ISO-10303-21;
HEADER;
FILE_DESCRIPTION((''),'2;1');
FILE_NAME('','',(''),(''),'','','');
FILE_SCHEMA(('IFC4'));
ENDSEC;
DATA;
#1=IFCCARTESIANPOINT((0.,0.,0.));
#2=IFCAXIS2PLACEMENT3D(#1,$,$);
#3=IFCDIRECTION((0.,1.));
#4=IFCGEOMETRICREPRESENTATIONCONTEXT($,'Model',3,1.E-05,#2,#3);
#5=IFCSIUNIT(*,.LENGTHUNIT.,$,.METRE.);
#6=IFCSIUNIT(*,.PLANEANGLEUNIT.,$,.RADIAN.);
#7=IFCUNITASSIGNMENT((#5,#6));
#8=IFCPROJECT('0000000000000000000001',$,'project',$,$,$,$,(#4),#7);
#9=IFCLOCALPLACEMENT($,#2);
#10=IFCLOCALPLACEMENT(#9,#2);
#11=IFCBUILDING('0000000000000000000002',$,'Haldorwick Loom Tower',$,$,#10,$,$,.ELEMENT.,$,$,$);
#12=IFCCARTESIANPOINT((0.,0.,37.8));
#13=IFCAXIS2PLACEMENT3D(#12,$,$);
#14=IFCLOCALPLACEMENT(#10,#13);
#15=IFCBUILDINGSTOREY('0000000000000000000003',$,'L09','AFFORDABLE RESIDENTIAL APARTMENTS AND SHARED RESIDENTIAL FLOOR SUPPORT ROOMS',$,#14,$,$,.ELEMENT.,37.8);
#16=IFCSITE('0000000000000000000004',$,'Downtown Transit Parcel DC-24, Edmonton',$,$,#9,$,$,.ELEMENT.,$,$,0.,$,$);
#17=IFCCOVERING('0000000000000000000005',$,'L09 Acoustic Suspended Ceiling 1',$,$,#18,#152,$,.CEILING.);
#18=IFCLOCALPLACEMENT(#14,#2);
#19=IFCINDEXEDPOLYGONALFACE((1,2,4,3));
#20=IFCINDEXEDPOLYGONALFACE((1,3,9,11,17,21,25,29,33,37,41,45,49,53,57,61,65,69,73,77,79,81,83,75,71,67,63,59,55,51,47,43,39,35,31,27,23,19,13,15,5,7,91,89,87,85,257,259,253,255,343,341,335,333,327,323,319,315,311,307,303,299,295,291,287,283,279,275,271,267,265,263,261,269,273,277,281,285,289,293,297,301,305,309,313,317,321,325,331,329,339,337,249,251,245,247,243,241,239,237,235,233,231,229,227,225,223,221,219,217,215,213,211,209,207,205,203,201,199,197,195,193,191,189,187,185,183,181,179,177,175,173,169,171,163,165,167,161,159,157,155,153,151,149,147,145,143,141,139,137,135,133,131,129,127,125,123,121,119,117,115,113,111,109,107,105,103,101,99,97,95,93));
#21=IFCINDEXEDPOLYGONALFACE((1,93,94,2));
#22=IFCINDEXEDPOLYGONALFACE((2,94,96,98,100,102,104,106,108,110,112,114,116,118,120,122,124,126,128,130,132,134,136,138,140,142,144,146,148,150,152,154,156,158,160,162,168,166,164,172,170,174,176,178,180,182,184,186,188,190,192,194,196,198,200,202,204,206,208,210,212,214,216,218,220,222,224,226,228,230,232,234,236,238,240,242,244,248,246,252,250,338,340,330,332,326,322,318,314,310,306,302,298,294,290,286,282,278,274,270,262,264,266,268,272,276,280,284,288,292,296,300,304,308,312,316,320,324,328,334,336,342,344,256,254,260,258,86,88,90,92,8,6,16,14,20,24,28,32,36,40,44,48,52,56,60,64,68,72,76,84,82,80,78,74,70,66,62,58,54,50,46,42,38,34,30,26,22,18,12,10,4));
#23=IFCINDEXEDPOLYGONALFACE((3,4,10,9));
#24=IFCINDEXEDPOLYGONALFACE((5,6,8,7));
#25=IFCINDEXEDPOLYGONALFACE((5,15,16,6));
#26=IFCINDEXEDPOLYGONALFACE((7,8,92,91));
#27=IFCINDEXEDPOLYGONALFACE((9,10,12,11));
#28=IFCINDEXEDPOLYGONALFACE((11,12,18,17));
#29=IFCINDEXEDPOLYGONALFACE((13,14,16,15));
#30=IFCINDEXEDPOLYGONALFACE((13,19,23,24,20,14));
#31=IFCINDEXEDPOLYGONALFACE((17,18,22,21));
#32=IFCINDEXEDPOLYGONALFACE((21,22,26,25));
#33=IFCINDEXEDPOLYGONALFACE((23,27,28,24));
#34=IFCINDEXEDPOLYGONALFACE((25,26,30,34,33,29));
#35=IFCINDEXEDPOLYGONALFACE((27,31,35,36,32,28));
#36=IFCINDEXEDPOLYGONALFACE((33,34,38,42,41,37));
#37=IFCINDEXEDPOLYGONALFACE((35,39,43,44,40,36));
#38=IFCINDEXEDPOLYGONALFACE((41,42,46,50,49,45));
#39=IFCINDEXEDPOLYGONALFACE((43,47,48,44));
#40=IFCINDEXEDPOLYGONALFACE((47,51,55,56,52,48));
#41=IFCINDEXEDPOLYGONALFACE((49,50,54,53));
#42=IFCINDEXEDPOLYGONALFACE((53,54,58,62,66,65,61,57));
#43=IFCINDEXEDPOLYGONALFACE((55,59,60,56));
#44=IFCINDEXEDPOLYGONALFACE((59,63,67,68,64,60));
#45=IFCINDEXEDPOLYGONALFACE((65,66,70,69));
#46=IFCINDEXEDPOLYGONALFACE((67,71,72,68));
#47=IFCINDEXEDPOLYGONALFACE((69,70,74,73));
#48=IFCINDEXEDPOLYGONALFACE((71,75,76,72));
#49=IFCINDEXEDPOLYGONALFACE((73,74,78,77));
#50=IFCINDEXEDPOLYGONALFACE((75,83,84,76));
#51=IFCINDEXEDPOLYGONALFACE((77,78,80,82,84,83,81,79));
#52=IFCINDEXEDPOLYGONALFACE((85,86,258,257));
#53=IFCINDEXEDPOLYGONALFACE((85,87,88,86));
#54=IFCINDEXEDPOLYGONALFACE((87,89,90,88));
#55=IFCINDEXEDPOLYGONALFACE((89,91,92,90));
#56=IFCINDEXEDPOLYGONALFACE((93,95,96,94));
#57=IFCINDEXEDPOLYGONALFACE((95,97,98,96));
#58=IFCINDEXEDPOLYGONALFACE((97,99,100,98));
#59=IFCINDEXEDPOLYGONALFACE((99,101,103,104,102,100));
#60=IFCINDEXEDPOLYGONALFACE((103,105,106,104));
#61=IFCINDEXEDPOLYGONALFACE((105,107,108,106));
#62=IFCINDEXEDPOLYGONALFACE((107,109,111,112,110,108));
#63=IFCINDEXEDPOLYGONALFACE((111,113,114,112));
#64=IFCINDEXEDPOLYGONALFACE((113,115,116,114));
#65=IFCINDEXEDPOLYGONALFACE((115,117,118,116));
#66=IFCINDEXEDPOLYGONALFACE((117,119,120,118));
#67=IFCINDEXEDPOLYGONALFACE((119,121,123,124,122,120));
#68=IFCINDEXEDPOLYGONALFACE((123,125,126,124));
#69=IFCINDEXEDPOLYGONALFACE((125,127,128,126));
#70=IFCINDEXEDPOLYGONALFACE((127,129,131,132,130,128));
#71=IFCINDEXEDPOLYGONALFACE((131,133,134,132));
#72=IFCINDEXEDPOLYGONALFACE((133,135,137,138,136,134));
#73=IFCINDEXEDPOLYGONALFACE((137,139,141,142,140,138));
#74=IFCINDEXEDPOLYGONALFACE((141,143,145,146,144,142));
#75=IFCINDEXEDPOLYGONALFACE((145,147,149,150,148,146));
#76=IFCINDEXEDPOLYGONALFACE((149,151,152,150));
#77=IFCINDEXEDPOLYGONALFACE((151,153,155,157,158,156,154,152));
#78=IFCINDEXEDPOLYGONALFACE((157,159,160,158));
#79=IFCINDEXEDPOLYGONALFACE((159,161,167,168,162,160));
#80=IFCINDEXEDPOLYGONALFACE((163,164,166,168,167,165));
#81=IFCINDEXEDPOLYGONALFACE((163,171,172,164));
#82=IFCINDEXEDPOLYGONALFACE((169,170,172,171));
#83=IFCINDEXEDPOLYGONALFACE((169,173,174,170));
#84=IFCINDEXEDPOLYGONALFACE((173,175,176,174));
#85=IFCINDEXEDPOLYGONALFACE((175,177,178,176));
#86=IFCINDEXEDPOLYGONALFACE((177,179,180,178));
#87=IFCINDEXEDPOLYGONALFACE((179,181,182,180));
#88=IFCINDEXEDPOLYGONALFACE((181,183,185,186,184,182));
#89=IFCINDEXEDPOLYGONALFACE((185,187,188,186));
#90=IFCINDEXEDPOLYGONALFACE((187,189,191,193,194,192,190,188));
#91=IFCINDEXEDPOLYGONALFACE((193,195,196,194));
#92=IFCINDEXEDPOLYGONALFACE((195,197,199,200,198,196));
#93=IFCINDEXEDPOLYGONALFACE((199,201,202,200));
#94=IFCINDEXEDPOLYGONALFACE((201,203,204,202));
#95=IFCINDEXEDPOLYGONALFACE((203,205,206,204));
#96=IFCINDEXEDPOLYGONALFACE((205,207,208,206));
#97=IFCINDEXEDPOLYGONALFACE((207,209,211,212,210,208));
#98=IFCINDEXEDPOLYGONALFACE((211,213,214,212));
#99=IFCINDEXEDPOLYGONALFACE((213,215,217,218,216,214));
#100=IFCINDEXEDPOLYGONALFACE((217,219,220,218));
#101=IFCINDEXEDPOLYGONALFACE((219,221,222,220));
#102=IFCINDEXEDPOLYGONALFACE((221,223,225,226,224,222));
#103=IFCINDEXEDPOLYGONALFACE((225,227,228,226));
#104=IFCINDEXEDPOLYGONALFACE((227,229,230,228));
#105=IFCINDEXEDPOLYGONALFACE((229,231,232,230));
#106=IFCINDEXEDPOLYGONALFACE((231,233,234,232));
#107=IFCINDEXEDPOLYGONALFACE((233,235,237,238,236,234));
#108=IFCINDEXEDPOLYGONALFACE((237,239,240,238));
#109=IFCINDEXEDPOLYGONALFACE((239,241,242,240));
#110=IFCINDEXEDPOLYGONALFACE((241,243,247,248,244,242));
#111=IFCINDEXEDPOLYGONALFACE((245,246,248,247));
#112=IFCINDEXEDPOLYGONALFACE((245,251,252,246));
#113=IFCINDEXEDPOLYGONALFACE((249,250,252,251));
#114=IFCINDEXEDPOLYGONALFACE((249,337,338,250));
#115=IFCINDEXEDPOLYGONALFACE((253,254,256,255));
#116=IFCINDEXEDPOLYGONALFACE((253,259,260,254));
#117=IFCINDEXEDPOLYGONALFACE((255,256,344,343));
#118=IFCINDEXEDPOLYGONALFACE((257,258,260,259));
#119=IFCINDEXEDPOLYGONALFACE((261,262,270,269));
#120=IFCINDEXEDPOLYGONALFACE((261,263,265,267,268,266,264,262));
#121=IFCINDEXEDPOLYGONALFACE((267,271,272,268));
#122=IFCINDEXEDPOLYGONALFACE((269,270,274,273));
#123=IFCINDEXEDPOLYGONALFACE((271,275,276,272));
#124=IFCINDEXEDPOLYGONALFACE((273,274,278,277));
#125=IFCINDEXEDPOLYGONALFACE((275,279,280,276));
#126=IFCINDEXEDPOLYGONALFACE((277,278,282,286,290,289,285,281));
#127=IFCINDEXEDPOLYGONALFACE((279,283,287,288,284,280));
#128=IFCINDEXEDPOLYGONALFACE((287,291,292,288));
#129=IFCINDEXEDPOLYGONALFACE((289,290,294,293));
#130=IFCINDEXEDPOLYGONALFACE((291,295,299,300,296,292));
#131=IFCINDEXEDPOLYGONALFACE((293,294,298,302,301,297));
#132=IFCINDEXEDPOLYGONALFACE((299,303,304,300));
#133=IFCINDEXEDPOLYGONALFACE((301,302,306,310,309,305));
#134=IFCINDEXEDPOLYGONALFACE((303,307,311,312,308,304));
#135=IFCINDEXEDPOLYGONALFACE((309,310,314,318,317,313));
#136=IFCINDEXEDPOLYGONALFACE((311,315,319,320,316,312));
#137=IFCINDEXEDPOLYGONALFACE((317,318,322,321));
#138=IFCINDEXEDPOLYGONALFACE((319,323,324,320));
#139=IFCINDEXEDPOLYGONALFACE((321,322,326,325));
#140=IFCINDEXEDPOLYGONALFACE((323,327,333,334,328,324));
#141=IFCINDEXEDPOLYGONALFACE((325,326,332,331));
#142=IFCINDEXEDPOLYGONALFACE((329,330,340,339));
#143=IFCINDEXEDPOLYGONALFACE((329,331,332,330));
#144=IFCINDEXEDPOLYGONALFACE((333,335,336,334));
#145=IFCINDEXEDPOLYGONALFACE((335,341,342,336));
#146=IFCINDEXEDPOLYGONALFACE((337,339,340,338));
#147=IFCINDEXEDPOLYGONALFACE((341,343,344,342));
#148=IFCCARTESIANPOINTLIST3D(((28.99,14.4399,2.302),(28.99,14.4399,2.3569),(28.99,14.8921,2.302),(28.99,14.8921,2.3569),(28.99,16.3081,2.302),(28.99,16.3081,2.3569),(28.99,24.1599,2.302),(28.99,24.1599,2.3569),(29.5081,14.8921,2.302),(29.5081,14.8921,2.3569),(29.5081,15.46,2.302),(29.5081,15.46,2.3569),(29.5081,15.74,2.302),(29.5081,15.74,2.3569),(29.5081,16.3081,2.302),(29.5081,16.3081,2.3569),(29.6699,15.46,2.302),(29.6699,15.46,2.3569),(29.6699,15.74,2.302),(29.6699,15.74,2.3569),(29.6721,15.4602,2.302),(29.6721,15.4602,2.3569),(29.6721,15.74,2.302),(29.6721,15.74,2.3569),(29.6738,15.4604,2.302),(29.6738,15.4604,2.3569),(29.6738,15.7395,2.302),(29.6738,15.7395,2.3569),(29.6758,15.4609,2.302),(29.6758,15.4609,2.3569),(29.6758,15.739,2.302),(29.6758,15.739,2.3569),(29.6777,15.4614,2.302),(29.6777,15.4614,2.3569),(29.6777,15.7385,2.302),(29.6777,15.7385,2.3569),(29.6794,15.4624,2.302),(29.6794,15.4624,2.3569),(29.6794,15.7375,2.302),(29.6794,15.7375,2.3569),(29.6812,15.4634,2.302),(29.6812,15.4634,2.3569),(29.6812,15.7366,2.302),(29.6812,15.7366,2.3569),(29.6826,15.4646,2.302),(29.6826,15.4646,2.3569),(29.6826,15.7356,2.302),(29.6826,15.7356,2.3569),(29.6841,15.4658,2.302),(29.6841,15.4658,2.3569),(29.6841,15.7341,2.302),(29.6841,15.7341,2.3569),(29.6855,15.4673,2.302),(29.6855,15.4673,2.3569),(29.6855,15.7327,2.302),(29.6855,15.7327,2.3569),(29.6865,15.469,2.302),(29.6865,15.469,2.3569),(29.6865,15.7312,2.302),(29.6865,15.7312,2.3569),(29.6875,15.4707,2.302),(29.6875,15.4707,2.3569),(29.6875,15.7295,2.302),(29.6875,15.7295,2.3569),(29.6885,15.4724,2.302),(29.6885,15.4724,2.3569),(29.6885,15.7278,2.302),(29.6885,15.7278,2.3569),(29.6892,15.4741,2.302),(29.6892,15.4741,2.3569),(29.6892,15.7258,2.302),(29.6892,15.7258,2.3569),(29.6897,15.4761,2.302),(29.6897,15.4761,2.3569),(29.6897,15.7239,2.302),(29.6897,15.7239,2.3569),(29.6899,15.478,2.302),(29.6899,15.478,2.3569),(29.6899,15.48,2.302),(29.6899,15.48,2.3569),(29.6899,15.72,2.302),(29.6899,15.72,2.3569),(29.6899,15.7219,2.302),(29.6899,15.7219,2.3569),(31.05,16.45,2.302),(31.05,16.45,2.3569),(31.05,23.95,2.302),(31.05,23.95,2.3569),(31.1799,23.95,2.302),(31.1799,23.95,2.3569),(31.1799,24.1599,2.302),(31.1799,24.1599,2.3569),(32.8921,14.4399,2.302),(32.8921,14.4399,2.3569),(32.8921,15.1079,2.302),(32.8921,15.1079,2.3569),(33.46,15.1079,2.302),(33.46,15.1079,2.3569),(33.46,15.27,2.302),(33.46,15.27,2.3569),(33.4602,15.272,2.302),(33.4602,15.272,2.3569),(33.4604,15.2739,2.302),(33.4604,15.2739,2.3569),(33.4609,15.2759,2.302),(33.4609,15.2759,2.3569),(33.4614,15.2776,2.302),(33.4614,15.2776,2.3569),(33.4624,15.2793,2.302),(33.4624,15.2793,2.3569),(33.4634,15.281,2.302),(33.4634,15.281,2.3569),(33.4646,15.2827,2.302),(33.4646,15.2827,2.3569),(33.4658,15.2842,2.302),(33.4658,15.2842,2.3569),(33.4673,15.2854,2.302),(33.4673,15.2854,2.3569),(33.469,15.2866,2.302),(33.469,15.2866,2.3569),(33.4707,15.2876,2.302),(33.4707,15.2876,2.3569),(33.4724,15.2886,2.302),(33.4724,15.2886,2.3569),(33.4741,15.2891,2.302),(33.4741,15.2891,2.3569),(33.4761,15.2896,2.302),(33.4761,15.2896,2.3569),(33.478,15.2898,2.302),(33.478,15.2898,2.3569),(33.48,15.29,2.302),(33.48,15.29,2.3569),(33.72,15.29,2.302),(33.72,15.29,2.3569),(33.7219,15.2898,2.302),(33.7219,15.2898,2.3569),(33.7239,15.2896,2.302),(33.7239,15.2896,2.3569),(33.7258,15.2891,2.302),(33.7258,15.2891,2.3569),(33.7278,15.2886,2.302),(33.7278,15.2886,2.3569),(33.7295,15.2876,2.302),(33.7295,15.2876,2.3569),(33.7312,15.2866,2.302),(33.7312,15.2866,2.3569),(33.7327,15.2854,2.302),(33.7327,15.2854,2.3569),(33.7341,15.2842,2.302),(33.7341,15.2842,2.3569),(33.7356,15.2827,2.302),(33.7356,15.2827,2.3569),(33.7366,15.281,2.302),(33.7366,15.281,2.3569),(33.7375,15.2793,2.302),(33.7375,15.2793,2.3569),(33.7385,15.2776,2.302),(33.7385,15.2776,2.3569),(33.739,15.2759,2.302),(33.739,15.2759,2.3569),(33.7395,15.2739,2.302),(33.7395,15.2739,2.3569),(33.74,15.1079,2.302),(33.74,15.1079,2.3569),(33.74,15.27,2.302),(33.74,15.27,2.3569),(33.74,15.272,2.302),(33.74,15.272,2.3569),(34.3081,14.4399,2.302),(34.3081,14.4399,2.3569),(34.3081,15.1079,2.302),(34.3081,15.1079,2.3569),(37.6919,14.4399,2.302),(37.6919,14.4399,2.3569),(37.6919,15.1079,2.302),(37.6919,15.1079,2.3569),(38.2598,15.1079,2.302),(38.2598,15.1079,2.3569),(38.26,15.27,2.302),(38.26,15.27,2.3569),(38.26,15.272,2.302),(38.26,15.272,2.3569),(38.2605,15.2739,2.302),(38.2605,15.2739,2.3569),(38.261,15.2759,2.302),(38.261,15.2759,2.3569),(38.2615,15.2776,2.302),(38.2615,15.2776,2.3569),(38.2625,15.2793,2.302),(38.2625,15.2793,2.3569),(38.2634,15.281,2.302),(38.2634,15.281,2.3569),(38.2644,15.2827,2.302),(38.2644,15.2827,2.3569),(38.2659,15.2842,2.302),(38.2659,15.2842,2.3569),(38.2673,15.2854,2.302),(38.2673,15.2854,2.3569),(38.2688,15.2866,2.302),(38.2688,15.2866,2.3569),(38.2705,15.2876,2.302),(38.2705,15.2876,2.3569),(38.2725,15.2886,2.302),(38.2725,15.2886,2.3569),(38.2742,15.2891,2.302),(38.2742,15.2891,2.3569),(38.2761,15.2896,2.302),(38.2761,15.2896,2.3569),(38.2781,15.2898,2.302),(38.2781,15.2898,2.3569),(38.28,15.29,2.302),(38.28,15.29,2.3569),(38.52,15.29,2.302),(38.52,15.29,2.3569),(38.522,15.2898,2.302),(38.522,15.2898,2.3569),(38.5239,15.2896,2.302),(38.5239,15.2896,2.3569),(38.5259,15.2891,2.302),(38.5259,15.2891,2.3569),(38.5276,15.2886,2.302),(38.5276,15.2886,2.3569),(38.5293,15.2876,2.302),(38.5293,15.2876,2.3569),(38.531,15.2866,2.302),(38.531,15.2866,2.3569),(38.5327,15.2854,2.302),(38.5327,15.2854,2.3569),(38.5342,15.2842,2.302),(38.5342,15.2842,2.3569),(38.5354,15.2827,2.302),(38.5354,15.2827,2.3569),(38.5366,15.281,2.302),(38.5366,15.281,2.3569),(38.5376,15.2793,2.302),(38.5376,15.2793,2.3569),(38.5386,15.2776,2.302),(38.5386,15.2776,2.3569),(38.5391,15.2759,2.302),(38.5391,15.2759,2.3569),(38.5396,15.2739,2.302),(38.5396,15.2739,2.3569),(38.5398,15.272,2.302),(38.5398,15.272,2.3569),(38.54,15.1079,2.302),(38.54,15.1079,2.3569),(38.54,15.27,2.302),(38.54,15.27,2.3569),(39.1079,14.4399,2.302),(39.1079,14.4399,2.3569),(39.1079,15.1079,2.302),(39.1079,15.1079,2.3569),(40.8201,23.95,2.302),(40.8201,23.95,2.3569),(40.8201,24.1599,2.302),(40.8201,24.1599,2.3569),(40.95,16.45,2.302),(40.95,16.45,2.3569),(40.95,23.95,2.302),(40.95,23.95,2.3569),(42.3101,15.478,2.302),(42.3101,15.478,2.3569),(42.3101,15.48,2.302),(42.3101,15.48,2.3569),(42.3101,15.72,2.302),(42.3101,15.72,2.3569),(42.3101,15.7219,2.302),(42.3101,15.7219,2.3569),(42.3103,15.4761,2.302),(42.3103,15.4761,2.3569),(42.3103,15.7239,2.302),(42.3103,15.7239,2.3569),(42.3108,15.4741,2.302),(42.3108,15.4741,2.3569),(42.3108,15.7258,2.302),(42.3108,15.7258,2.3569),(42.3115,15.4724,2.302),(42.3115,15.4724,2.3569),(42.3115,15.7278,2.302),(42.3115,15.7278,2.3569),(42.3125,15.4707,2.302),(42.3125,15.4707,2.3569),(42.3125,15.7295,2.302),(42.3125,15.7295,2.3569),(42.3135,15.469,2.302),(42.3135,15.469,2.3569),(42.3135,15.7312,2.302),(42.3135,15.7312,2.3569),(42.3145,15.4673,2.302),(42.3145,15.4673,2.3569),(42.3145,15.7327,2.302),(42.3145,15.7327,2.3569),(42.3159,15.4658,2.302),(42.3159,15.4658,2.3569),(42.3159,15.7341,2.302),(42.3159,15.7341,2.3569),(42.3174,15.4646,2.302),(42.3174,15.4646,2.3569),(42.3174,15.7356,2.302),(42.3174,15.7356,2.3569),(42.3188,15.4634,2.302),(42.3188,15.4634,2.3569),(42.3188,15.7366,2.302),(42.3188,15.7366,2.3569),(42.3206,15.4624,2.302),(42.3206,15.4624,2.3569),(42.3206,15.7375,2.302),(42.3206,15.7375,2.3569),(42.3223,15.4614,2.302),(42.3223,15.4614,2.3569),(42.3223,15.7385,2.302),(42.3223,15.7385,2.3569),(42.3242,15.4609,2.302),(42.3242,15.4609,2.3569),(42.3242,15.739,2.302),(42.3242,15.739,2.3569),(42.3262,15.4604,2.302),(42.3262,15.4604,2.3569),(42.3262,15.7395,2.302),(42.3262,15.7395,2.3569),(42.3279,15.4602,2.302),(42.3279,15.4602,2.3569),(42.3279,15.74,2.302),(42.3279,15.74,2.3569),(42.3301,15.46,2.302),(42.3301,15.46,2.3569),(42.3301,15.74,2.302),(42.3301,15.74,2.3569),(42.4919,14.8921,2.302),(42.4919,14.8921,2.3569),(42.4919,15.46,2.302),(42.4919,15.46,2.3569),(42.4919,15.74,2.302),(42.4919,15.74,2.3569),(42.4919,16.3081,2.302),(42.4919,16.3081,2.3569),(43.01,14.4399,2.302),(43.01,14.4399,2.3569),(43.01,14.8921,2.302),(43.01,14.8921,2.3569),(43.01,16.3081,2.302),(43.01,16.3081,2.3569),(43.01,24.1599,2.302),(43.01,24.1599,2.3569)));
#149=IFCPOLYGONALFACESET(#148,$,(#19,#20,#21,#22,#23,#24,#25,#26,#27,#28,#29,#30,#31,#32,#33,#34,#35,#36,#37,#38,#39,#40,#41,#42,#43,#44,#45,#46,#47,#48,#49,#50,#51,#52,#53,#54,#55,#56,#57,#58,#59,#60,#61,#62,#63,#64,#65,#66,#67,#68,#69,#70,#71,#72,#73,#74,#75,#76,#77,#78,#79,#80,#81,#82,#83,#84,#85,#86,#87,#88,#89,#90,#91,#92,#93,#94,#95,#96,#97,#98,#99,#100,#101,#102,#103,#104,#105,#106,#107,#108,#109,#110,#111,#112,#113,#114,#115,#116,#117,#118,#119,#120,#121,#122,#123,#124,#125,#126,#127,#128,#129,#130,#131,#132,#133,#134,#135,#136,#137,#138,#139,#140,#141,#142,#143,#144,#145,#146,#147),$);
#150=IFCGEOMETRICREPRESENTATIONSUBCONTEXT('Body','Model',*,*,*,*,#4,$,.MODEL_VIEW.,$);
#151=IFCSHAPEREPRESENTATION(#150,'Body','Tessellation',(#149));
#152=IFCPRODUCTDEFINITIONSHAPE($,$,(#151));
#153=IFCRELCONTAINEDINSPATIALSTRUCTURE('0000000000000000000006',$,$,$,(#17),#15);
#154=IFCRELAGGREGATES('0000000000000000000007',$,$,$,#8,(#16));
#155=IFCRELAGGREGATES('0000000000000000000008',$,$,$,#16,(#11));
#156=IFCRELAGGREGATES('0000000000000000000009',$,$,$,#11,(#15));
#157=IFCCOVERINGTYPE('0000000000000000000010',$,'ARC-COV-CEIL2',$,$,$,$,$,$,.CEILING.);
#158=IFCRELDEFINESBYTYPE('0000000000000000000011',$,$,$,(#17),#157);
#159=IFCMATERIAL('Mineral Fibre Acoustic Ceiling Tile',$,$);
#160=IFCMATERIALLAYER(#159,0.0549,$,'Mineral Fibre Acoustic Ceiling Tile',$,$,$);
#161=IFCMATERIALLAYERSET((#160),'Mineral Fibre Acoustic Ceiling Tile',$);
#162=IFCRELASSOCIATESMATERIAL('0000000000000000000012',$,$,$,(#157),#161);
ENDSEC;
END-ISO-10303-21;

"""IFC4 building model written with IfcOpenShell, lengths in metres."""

from ifc_helpers import new_model, si_unit, direction, frame, origin, place, context, subcontext, project, spatial, polyline, outline, extrude, material, layer, layer_set, type_object, element, save


model = new_model("IFC4")

# Units and contexts
model_context = context("Model", 3, precision=1e-05, world=origin(), true_north=direction((0.0, 1.0)))
body_context = subcontext(model_context, "Body", "Model", "MODEL_VIEW")
ifc_project = project(units=[si_unit("LENGTHUNIT", "METRE"), si_unit("PLANEANGLEUNIT", "RADIAN")], contexts=[model_context])

# Site, building, storey
site_placement = place(None, origin())
site = spatial("IfcSite", under=ifc_project, at=site_placement, Name="Downtown Transit Parcel DC-24, Edmonton", CompositionType="ELEMENT", RefElevation=0.0)
building_placement = place(site_placement, origin())
building = spatial("IfcBuilding", under=site, at=building_placement, Name="Haldorwick Loom Tower", CompositionType="ELEMENT")
storey_placement = place(building_placement, frame((0.0, 0.0, 37.8)))
storey = spatial("IfcBuildingStorey", under=building, at=storey_placement, Name="L09", Description="AFFORDABLE RESIDENTIAL APARTMENTS AND SHARED RESIDENTIAL FLOOR SUPPORT ROOMS", CompositionType="ELEMENT", Elevation=37.8)

# Covering
ifc_material_1 = material(Name="Mineral Fibre Acoustic Ceiling Tile")
ifc_layer_1 = layer(ifc_material_1, 0.0549, Name="Mineral Fibre Acoustic Ceiling Tile")
ifc_layer_set_1 = layer_set([ifc_layer_1], Name="Mineral Fibre Acoustic Ceiling Tile")
covering_type_1 = type_object("IfcCoveringType", Name="ARC-COV-CEIL2", PredefinedType="CEILING", material=ifc_layer_set_1)
covering_1_placement = place(storey_placement, frame((0.0, 0.0, 2.302)))
element("IfcCovering", 1, at=covering_1_placement, inside=storey, type_object=covering_type_1, Name="L09 Acoustic Suspended Ceiling 1", PredefinedType="CEILING", context=body_context, shape_type="SweptSolid", body=[
    extrude(outline(polyline([(40.8201, 24.1599), (40.8201, 23.95), (40.95, 23.95), (40.95, 16.45), (31.05, 16.45), (31.05, 23.95), (31.1799, 23.95), (31.1799, 24.1599), (28.99, 24.1599), (28.99, 16.3081), (29.5081, 16.3081), (29.5081, 15.74), (29.6699, 15.74), (29.6721, 15.74), (29.6738, 15.7395), (29.6758, 15.739), (29.6777, 15.7385), (29.6794, 15.7375), (29.6812, 15.7366), (29.6826, 15.7356), (29.6841, 15.7341), (29.6855, 15.7327), (29.6865, 15.7312), (29.6875, 15.7295), (29.6885, 15.7278), (29.6892, 15.7258), (29.6897, 15.7239), (29.6899, 15.7219), (29.6899, 15.72), (29.6899, 15.48), (29.6899, 15.478), (29.6897, 15.4761), (29.6892, 15.4741), (29.6885, 15.4724), (29.6875, 15.4707), (29.6865, 15.469), (29.6855, 15.4673), (29.6841, 15.4658), (29.6826, 15.4646), (29.6812, 15.4634), (29.6794, 15.4624), (29.6777, 15.4614), (29.6758, 15.4609), (29.6738, 15.4604), (29.6721, 15.4602), (29.6699, 15.46), (29.5081, 15.46), (29.5081, 14.8921), (28.99, 14.8921), (28.99, 14.4399), (32.8921, 14.4399), (32.8921, 15.1079), (33.46, 15.1079), (33.46, 15.27), (33.4602, 15.272), (33.4604, 15.2739), (33.4609, 15.2759), (33.4614, 15.2776), (33.4624, 15.2793), (33.4634, 15.281), (33.4646, 15.2827), (33.4658, 15.2842), (33.4673, 15.2854), (33.469, 15.2866), (33.4707, 15.2876), (33.4724, 15.2886), (33.4741, 15.2891), (33.4761, 15.2896), (33.478, 15.2898), (33.48, 15.29), (33.72, 15.29), (33.7219, 15.2898), (33.7239, 15.2896), (33.7258, 15.2891), (33.7278, 15.2886), (33.7295, 15.2876), (33.7312, 15.2866), (33.7327, 15.2854), (33.7341, 15.2842), (33.7356, 15.2827), (33.7366, 15.281), (33.7375, 15.2793), (33.7385, 15.2776), (33.739, 15.2759), (33.7395, 15.2739), (33.74, 15.272), (33.74, 15.27), (33.74, 15.1079), (34.3081, 15.1079), (34.3081, 14.4399), (37.6919, 14.4399), (37.6919, 15.1079), (38.2598, 15.1079), (38.26, 15.27), (38.26, 15.272), (38.2605, 15.2739), (38.261, 15.2759), (38.2615, 15.2776), (38.2625, 15.2793), (38.2634, 15.281), (38.2644, 15.2827), (38.2659, 15.2842), (38.2673, 15.2854), (38.2688, 15.2866), (38.2705, 15.2876), (38.2725, 15.2886), (38.2742, 15.2891), (38.2761, 15.2896), (38.2781, 15.2898), (38.28, 15.29), (38.52, 15.29), (38.522, 15.2898), (38.5239, 15.2896), (38.5259, 15.2891), (38.5276, 15.2886), (38.5293, 15.2876), (38.531, 15.2866), (38.5327, 15.2854), (38.5342, 15.2842), (38.5354, 15.2827), (38.5366, 15.281), (38.5376, 15.2793), (38.5386, 15.2776), (38.5391, 15.2759), (38.5396, 15.2739), (38.5398, 15.272), (38.54, 15.27), (38.54, 15.1079), (39.1079, 15.1079), (39.1079, 14.4399), (43.01, 14.4399), (43.01, 14.8921), (42.4919, 14.8921), (42.4919, 15.46), (42.3301, 15.46), (42.3279, 15.4602), (42.3262, 15.4604), (42.3242, 15.4609), (42.3223, 15.4614), (42.3206, 15.4624), (42.3188, 15.4634), (42.3174, 15.4646), (42.3159, 15.4658), (42.3145, 15.4673), (42.3135, 15.469), (42.3125, 15.4707), (42.3115, 15.4724), (42.3108, 15.4741), (42.3103, 15.4761), (42.3101, 15.478), (42.3101, 15.48), (42.3101, 15.72), (42.3101, 15.7219), (42.3103, 15.7239), (42.3108, 15.7258), (42.3115, 15.7278), (42.3125, 15.7295), (42.3135, 15.7312), (42.3145, 15.7327), (42.3159, 15.7341), (42.3174, 15.7356), (42.3188, 15.7366), (42.3206, 15.7375), (42.3223, 15.7385), (42.3242, 15.739), (42.3262, 15.7395), (42.3279, 15.74), (42.3301, 15.74), (42.4919, 15.74), (42.4919, 16.3081), (43.01, 16.3081), (43.01, 24.1599), (40.8201, 24.1599)])), origin(), (0.0, 0.0, 1.0), 0.0549),
])

save(model, "model.ifc")
